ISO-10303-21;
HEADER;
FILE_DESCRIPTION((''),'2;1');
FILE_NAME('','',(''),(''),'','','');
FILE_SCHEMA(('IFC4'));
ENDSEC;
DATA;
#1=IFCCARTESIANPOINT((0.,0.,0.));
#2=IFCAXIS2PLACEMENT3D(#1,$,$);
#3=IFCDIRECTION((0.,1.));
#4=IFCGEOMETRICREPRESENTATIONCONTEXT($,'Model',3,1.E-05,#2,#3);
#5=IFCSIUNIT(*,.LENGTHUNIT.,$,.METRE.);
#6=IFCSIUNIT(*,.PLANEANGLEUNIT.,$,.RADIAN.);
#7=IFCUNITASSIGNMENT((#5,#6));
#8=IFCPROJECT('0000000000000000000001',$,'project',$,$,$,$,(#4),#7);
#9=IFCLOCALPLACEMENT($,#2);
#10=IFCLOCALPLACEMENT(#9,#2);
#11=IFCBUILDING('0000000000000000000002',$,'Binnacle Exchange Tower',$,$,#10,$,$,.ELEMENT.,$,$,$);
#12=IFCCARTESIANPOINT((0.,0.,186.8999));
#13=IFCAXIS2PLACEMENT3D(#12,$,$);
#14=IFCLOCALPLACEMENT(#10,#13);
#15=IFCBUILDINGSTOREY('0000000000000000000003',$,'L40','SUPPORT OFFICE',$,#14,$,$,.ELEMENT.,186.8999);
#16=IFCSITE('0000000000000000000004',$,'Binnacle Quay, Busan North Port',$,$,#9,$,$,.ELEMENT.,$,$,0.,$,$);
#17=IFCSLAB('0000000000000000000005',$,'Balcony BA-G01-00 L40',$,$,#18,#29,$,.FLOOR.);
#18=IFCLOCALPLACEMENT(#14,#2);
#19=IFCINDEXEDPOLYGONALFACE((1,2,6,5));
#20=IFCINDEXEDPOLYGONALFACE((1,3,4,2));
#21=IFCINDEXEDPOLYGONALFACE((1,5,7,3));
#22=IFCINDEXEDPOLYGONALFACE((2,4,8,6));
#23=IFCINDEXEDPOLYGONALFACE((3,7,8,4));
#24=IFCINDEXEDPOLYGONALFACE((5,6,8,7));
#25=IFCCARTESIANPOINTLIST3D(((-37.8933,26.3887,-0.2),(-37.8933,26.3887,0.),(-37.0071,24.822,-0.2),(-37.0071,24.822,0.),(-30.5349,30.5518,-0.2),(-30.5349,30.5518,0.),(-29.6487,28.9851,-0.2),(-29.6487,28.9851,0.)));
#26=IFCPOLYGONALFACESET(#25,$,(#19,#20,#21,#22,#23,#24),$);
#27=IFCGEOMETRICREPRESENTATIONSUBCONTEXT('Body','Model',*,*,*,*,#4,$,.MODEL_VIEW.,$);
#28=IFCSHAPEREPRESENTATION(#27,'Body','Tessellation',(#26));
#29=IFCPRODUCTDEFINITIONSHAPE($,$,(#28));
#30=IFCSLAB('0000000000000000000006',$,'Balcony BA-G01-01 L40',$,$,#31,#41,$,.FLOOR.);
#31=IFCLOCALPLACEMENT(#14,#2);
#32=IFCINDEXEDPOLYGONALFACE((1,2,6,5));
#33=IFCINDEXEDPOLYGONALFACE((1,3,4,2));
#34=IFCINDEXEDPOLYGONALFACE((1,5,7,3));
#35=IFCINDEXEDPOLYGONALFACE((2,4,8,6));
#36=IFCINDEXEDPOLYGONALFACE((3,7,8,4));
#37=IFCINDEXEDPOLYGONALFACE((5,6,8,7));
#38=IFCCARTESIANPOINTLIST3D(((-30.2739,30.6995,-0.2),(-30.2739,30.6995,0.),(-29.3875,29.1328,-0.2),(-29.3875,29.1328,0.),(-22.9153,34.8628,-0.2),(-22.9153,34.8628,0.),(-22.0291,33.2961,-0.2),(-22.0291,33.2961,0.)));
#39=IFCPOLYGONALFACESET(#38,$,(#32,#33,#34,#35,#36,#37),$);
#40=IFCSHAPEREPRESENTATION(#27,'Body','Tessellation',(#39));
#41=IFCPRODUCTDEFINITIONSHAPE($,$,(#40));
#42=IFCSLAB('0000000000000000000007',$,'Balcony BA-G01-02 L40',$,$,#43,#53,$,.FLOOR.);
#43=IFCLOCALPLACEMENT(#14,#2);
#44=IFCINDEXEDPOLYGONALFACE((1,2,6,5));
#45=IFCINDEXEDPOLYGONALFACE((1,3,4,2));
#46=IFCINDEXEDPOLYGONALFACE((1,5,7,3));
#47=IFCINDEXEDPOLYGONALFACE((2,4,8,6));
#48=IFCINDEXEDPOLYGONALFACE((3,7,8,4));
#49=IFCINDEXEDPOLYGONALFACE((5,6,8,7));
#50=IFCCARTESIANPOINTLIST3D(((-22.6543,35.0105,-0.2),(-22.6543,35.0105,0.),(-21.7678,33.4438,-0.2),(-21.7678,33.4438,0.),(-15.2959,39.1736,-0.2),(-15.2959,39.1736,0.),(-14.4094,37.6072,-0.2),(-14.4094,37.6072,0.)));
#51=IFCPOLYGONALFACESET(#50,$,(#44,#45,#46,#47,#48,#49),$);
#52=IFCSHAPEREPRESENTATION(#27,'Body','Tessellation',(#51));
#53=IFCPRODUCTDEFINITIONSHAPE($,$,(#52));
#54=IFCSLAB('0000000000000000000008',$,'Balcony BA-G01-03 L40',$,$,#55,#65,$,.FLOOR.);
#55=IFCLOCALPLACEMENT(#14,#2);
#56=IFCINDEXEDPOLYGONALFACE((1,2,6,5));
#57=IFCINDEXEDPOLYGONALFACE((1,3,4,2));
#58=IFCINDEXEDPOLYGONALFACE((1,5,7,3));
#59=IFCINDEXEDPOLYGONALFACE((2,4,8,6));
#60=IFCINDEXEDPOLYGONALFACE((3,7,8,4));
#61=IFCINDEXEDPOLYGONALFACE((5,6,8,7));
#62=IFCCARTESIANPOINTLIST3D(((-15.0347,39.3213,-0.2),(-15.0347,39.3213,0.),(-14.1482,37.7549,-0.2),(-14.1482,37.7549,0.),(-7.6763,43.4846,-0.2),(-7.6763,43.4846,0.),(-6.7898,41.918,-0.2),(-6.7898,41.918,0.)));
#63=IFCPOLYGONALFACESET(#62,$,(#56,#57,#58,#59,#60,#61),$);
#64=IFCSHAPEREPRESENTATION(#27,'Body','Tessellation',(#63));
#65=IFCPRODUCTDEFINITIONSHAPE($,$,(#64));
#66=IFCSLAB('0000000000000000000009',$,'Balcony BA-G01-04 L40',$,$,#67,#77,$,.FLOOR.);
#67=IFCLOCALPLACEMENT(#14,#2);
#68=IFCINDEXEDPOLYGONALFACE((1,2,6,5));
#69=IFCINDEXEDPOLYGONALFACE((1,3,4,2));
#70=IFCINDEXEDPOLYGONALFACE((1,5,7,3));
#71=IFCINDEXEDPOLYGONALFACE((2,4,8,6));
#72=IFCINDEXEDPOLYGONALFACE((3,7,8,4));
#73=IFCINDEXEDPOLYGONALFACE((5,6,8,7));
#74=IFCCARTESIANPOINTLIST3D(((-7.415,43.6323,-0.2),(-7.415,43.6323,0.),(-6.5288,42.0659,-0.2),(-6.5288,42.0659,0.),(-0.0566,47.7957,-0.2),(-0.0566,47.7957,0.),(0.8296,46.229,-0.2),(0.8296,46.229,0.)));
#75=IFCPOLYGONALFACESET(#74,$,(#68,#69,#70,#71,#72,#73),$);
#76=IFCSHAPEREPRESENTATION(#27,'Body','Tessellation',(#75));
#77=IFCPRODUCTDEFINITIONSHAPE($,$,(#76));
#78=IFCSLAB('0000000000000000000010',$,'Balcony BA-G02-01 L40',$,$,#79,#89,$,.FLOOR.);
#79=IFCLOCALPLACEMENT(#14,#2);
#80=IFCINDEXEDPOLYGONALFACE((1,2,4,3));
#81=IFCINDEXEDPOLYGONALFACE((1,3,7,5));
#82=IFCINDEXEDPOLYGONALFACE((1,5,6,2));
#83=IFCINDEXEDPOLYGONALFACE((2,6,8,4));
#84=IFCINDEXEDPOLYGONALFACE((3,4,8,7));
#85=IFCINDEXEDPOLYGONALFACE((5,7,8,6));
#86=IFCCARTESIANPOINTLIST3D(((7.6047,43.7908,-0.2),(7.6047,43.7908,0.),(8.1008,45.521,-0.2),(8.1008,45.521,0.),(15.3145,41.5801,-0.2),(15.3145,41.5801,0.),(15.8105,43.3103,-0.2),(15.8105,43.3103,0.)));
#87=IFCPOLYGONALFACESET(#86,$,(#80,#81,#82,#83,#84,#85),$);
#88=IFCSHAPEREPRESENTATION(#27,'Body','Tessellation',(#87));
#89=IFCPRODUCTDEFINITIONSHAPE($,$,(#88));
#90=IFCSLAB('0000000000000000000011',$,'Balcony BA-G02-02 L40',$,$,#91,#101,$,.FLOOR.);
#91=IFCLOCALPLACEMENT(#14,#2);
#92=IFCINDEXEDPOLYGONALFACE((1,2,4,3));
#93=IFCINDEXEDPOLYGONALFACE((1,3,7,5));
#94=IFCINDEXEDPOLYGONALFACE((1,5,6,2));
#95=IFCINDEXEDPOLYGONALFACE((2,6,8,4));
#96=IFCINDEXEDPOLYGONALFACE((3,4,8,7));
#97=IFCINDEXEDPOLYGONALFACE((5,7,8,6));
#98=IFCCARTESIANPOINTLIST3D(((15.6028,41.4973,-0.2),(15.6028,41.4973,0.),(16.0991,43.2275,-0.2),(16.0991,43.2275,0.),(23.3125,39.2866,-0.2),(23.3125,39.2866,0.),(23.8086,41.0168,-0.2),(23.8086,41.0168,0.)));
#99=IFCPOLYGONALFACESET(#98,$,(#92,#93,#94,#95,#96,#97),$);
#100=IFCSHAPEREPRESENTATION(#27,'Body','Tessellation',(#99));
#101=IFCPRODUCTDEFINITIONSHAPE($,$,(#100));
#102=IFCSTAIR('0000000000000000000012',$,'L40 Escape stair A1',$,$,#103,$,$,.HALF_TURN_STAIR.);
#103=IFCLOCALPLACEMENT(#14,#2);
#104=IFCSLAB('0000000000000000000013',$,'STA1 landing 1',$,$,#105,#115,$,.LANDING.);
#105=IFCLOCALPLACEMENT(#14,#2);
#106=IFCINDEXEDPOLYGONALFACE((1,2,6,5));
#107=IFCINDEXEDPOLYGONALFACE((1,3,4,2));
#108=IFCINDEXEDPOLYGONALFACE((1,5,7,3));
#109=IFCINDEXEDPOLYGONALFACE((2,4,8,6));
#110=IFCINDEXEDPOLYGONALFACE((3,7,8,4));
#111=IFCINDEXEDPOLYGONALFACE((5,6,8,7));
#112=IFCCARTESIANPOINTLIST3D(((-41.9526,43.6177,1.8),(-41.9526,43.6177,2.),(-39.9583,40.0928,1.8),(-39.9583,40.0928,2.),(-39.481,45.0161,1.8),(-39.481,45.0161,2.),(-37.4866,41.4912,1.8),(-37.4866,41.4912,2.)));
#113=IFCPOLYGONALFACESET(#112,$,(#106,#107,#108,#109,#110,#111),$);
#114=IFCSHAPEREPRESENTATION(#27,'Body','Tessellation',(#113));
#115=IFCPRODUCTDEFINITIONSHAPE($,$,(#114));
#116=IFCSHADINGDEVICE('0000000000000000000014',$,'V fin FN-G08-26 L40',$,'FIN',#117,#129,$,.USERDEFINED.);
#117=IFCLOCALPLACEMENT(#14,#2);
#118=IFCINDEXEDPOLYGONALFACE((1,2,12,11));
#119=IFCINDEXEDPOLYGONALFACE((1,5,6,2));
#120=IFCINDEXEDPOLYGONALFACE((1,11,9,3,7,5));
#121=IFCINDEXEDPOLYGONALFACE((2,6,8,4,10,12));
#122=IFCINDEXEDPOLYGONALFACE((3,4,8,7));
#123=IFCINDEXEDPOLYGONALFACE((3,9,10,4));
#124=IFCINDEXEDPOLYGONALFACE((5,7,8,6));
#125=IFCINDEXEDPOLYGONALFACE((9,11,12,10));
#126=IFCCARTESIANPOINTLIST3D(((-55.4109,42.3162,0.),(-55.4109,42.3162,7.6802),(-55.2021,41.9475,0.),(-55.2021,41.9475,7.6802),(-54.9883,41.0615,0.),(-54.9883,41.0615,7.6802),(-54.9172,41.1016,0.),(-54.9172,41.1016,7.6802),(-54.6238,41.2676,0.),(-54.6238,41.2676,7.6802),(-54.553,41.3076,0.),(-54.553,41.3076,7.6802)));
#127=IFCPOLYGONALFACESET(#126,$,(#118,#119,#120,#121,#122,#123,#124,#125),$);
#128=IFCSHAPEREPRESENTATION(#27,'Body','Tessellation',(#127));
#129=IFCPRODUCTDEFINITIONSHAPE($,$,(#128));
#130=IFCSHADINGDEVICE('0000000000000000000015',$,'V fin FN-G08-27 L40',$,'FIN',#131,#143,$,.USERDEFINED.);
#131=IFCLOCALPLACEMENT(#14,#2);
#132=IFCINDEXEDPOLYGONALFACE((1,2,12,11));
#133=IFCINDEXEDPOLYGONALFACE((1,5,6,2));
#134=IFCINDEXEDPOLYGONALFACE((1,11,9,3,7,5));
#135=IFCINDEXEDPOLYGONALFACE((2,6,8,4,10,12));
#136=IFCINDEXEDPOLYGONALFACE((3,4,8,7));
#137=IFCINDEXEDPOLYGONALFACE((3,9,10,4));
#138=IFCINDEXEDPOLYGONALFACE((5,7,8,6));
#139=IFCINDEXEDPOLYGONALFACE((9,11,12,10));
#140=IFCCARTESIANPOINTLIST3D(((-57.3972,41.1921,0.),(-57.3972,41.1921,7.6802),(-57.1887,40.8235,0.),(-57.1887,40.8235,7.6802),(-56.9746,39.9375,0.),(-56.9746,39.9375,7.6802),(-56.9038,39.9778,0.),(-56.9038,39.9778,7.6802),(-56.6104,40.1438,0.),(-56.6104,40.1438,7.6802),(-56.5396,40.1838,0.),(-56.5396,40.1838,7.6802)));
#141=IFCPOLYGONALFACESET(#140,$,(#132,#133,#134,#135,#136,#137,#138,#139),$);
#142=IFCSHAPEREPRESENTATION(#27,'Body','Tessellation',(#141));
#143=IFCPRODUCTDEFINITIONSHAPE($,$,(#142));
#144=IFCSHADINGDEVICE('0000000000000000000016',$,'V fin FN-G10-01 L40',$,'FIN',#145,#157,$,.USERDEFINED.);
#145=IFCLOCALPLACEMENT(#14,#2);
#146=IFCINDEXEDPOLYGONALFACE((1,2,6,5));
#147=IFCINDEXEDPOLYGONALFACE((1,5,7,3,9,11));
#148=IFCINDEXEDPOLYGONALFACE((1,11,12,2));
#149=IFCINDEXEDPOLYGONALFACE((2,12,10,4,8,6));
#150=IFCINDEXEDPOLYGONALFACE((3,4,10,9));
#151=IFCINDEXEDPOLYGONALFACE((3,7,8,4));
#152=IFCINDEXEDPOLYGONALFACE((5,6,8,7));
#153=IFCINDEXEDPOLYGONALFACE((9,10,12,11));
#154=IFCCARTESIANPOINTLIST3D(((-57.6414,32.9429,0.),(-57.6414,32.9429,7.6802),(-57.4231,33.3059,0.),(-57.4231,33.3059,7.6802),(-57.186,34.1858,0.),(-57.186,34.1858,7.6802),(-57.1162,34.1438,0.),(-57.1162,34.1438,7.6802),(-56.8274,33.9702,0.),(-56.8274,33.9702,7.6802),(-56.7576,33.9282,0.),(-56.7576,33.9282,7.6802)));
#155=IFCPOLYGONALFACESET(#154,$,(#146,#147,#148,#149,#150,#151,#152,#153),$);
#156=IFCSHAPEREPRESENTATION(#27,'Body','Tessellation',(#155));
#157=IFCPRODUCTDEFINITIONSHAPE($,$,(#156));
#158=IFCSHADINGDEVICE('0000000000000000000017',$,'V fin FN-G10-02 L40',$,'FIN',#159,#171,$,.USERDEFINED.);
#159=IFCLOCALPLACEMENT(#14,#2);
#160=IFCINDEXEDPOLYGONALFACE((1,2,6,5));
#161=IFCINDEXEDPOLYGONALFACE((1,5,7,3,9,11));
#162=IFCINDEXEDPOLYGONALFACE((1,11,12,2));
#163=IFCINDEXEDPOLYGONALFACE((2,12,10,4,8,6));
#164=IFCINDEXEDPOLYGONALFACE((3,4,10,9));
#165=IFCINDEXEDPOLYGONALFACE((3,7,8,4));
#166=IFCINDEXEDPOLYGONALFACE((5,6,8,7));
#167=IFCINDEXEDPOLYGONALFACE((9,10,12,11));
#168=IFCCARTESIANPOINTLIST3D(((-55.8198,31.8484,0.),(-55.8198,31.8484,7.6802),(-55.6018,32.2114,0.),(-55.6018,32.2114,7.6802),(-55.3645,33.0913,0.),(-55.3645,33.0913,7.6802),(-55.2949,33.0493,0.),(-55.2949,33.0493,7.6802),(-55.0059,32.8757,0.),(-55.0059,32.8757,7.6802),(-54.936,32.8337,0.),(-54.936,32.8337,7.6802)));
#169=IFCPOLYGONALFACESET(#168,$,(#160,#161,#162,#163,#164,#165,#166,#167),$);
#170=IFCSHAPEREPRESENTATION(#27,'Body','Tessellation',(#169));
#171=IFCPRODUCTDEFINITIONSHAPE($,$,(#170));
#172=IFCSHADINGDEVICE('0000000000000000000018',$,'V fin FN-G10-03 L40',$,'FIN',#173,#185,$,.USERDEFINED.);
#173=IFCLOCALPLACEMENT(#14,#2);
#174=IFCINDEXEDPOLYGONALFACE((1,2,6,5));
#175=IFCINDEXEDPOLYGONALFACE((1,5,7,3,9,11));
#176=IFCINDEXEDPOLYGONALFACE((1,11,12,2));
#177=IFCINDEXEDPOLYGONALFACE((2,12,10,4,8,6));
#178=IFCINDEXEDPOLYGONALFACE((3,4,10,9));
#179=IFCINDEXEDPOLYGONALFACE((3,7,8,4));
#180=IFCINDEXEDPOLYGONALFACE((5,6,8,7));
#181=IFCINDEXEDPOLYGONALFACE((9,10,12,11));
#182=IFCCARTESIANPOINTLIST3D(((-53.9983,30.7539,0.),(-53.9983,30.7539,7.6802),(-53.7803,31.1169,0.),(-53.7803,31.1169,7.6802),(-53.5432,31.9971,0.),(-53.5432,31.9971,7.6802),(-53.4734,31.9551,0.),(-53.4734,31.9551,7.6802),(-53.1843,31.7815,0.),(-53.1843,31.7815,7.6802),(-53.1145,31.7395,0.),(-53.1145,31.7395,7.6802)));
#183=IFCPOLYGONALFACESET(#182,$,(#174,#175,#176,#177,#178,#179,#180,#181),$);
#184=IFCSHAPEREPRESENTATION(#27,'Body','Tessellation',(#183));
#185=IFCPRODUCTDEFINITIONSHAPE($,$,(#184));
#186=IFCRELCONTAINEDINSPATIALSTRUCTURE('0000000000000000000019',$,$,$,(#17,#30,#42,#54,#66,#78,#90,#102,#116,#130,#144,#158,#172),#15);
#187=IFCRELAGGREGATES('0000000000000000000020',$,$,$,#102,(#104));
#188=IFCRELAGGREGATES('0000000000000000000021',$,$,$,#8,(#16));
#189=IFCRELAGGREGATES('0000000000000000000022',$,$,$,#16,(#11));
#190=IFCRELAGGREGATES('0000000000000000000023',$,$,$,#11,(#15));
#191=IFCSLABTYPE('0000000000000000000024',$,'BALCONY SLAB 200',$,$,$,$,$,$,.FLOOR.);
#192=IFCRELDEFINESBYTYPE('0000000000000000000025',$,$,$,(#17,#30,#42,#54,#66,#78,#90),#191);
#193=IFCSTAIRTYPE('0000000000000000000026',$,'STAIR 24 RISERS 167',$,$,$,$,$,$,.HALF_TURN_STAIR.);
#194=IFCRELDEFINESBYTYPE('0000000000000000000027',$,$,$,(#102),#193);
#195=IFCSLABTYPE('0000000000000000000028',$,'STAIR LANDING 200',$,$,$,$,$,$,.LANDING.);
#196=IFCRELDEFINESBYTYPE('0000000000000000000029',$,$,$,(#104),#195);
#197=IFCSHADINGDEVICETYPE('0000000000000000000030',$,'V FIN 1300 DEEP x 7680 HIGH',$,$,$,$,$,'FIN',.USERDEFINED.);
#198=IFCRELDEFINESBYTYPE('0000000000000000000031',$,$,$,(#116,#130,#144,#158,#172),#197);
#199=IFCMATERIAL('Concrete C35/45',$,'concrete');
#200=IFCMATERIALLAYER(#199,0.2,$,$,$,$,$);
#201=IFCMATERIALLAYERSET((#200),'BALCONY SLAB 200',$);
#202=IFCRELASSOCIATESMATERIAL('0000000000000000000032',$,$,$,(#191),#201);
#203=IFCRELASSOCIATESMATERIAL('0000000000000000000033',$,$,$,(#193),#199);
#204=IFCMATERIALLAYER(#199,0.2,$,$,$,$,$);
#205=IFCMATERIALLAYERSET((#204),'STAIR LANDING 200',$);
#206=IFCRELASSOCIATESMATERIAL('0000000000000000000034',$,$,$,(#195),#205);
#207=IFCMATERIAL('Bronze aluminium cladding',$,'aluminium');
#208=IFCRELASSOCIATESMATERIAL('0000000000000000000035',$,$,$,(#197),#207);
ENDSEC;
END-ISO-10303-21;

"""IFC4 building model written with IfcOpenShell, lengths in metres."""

from ifc_helpers import new_model, si_unit, direction, frame, origin, place, context, subcontext, project, spatial, polyline, outline, extrude, material, layer, layer_set, type_object, element, aggregate, save


model = new_model("IFC4")

# Units and contexts
model_context = context("Model", 3, precision=1e-05, world=origin(), true_north=direction((0.0, 1.0)))
body_context = subcontext(model_context, "Body", "Model", "MODEL_VIEW")
ifc_project = project(units=[si_unit("LENGTHUNIT", "METRE"), si_unit("PLANEANGLEUNIT", "RADIAN")], contexts=[model_context])

# Site, building, storey
site_placement = place(None, origin())
site = spatial("IfcSite", under=ifc_project, at=site_placement, Name="Binnacle Quay, Busan North Port", CompositionType="ELEMENT", RefElevation=0.0)
building_placement = place(site_placement, origin())
building = spatial("IfcBuilding", under=site, at=building_placement, Name="Binnacle Exchange Tower", CompositionType="ELEMENT")
storey_placement = place(building_placement, frame((0.0, 0.0, 186.8999)))
storey = spatial("IfcBuildingStorey", under=building, at=storey_placement, Name="L40", Description="SUPPORT OFFICE", CompositionType="ELEMENT", Elevation=186.8999)

# Slabs
ifc_material_1 = material(Name="Concrete C35/45", Category="concrete")
ifc_layer_1 = layer(ifc_material_1, 0.2)
ifc_layer_set_1 = layer_set([ifc_layer_1], Name="BALCONY SLAB 200")
slab_type_1 = type_object("IfcSlabType", Name="BALCONY SLAB 200", PredefinedType="FLOOR", material=ifc_layer_set_1)
slab_1_placement = place(storey_placement, frame((0.0, 0.0, -0.2)))
element("IfcSlab", 1, at=slab_1_placement, inside=storey, type_object=slab_type_1, Name="Balcony BA-G01-00 L40", PredefinedType="FLOOR", context=body_context, shape_type="SweptSolid", body=[
    extrude(outline(polyline([(-37.8933, 26.3887), (-30.5349, 30.5518), (-29.6487, 28.9851), (-37.0071, 24.822), (-37.8933, 26.3887)])), origin(), (0.0, 0.0, 1.0), 0.2),
])
slab_2_placement = place(storey_placement, frame((0.0, 0.0, -0.2)))
element("IfcSlab", 2, at=slab_2_placement, inside=storey, type_object=slab_type_1, Name="Balcony BA-G01-01 L40", PredefinedType="FLOOR", context=body_context, shape_type="SweptSolid", body=[
    extrude(outline(polyline([(-30.2739, 30.6995), (-22.9153, 34.8628), (-22.0291, 33.2961), (-29.3875, 29.1328), (-30.2739, 30.6995)])), origin(), (0.0, 0.0, 1.0), 0.2),
])
slab_3_placement = place(storey_placement, frame((0.0, 0.0, -0.2)))
element("IfcSlab", 3, at=slab_3_placement, inside=storey, type_object=slab_type_1, Name="Balcony BA-G01-02 L40", PredefinedType="FLOOR", context=body_context, shape_type="SweptSolid", body=[
    extrude(outline(polyline([(-22.6543, 35.0105), (-15.2959, 39.1736), (-14.4094, 37.6072), (-21.7678, 33.4438), (-22.6543, 35.0105)])), origin(), (0.0, 0.0, 1.0), 0.2),
])
slab_4_placement = place(storey_placement, frame((0.0, 0.0, -0.2)))
element("IfcSlab", 4, at=slab_4_placement, inside=storey, type_object=slab_type_1, Name="Balcony BA-G01-03 L40", PredefinedType="FLOOR", context=body_context, shape_type="SweptSolid", body=[
    extrude(outline(polyline([(-15.0347, 39.3213), (-7.6763, 43.4846), (-6.7898, 41.918), (-14.1482, 37.7549), (-15.0347, 39.3213)])), origin(), (0.0, 0.0, 1.0), 0.2),
])
slab_5_placement = place(storey_placement, frame((0.0, 0.0, -0.2)))
element("IfcSlab", 5, at=slab_5_placement, inside=storey, type_object=slab_type_1, Name="Balcony BA-G01-04 L40", PredefinedType="FLOOR", context=body_context, shape_type="SweptSolid", body=[
    extrude(outline(polyline([(-7.415, 43.6323), (-0.0566, 47.7957), (0.8296, 46.229), (-6.5288, 42.0659), (-7.415, 43.6323)])), origin(), (0.0, 0.0, 1.0), 0.2),
])
slab_6_placement = place(storey_placement, frame((0.0, 0.0, -0.2)))
element("IfcSlab", 6, at=slab_6_placement, inside=storey, type_object=slab_type_1, Name="Balcony BA-G02-01 L40", PredefinedType="FLOOR", context=body_context, shape_type="SweptSolid", body=[
    extrude(outline(polyline([(8.1008, 45.521), (15.8105, 43.3103), (15.3145, 41.5801), (7.6047, 43.7908), (8.1008, 45.521)])), origin(), (0.0, 0.0, 1.0), 0.2),
])
slab_7_placement = place(storey_placement, frame((0.0, 0.0, -0.2)))
element("IfcSlab", 7, at=slab_7_placement, inside=storey, type_object=slab_type_1, Name="Balcony BA-G02-02 L40", PredefinedType="FLOOR", context=body_context, shape_type="SweptSolid", body=[
    extrude(outline(polyline([(16.0991, 43.2275), (23.8086, 41.0168), (23.3125, 39.2866), (15.6028, 41.4973), (16.0991, 43.2275)])), origin(), (0.0, 0.0, 1.0), 0.2),
])

# Stair, slab
stair_type = type_object("IfcStairType", Name="STAIR 24 RISERS 167", PredefinedType="HALF_TURN_STAIR", material=ifc_material_1)
stair_placement = place(storey_placement, origin())
stair = element("IfcStair", 8, at=stair_placement, inside=storey, type_object=stair_type, Name="L40 Escape stair A1", PredefinedType="HALF_TURN_STAIR")
ifc_layer_2 = layer(ifc_material_1, 0.2)
ifc_layer_set_2 = layer_set([ifc_layer_2], Name="STAIR LANDING 200")
slab_type_2 = type_object("IfcSlabType", Name="STAIR LANDING 200", PredefinedType="LANDING", material=ifc_layer_set_2)
slab_8_placement = place(storey_placement, frame((0.0, 0.0, 1.8)))
slab_8 = element("IfcSlab", 9, at=slab_8_placement, type_object=slab_type_2, Name="STA1 landing 1", PredefinedType="LANDING", context=body_context, shape_type="SweptSolid", body=[
    extrude(outline(polyline([(-39.9583, 40.0928), (-37.4866, 41.4912), (-39.481, 45.0161), (-41.9526, 43.6177), (-39.9583, 40.0928)])), origin(), (0.0, 0.0, 1.0), 0.2),
])
aggregate(stair, [slab_8])

# Shading devices
ifc_material_2 = material(Name="Bronze aluminium cladding", Category="aluminium")
shading_device_type = type_object("IfcShadingDeviceType", Name="V FIN 1300 DEEP x 7680 HIGH", ElementType="FIN", PredefinedType="USERDEFINED", material=ifc_material_2)
shading_device_1_placement = place(storey_placement, origin())
element("IfcShadingDevice", 10, at=shading_device_1_placement, inside=storey, type_object=shading_device_type, Name="V fin FN-G08-26 L40", ObjectType="FIN", PredefinedType="USERDEFINED", context=body_context, shape_type="SweptSolid", body=[
    extrude(outline(polyline([(-54.553, 41.3076), (-55.4109, 42.3162), (-54.9883, 41.0615), (-54.9172, 41.1016), (-55.2021, 41.9475), (-54.6238, 41.2676), (-54.553, 41.3076)])), origin(), (0.0, 0.0, 1.0), 7.6802),
])
shading_device_2_placement = place(storey_placement, origin())
element("IfcShadingDevice", 11, at=shading_device_2_placement, inside=storey, type_object=shading_device_type, Name="V fin FN-G08-27 L40", ObjectType="FIN", PredefinedType="USERDEFINED", context=body_context, shape_type="SweptSolid", body=[
    extrude(outline(polyline([(-56.5396, 40.1838), (-57.3972, 41.1921), (-56.9746, 39.9375), (-56.9038, 39.9778), (-57.1887, 40.8235), (-56.6104, 40.1438), (-56.5396, 40.1838)])), origin(), (0.0, 0.0, 1.0), 7.6802),
])
shading_device_3_placement = place(storey_placement, origin())
element("IfcShadingDevice", 12, at=shading_device_3_placement, inside=storey, type_object=shading_device_type, Name="V fin FN-G10-01 L40", ObjectType="FIN", PredefinedType="USERDEFINED", context=body_context, shape_type="SweptSolid", body=[
    extrude(outline(polyline([(-57.186, 34.1858), (-57.6414, 32.9429), (-56.7576, 33.9282), (-56.8274, 33.9702), (-57.4231, 33.3059), (-57.1162, 34.1438), (-57.186, 34.1858)])), origin(), (0.0, 0.0, 1.0), 7.6802),
])
shading_device_4_placement = place(storey_placement, origin())
element("IfcShadingDevice", 13, at=shading_device_4_placement, inside=storey, type_object=shading_device_type, Name="V fin FN-G10-02 L40", ObjectType="FIN", PredefinedType="USERDEFINED", context=body_context, shape_type="SweptSolid", body=[
    extrude(outline(polyline([(-55.3645, 33.0913), (-55.8198, 31.8484), (-54.936, 32.8337), (-55.0059, 32.8757), (-55.6018, 32.2114), (-55.2949, 33.0493), (-55.3645, 33.0913)])), origin(), (0.0, 0.0, 1.0), 7.6802),
])
shading_device_5_placement = place(storey_placement, origin())
element("IfcShadingDevice", 14, at=shading_device_5_placement, inside=storey, type_object=shading_device_type, Name="V fin FN-G10-03 L40", ObjectType="FIN", PredefinedType="USERDEFINED", context=body_context, shape_type="SweptSolid", body=[
    extrude(outline(polyline([(-53.5432, 31.9971), (-53.9983, 30.7539), (-53.1145, 31.7395), (-53.1843, 31.7815), (-53.7803, 31.1169), (-53.4734, 31.9551), (-53.5432, 31.9971)])), origin(), (0.0, 0.0, 1.0), 7.6802),
])

save(model, "model.ifc")
